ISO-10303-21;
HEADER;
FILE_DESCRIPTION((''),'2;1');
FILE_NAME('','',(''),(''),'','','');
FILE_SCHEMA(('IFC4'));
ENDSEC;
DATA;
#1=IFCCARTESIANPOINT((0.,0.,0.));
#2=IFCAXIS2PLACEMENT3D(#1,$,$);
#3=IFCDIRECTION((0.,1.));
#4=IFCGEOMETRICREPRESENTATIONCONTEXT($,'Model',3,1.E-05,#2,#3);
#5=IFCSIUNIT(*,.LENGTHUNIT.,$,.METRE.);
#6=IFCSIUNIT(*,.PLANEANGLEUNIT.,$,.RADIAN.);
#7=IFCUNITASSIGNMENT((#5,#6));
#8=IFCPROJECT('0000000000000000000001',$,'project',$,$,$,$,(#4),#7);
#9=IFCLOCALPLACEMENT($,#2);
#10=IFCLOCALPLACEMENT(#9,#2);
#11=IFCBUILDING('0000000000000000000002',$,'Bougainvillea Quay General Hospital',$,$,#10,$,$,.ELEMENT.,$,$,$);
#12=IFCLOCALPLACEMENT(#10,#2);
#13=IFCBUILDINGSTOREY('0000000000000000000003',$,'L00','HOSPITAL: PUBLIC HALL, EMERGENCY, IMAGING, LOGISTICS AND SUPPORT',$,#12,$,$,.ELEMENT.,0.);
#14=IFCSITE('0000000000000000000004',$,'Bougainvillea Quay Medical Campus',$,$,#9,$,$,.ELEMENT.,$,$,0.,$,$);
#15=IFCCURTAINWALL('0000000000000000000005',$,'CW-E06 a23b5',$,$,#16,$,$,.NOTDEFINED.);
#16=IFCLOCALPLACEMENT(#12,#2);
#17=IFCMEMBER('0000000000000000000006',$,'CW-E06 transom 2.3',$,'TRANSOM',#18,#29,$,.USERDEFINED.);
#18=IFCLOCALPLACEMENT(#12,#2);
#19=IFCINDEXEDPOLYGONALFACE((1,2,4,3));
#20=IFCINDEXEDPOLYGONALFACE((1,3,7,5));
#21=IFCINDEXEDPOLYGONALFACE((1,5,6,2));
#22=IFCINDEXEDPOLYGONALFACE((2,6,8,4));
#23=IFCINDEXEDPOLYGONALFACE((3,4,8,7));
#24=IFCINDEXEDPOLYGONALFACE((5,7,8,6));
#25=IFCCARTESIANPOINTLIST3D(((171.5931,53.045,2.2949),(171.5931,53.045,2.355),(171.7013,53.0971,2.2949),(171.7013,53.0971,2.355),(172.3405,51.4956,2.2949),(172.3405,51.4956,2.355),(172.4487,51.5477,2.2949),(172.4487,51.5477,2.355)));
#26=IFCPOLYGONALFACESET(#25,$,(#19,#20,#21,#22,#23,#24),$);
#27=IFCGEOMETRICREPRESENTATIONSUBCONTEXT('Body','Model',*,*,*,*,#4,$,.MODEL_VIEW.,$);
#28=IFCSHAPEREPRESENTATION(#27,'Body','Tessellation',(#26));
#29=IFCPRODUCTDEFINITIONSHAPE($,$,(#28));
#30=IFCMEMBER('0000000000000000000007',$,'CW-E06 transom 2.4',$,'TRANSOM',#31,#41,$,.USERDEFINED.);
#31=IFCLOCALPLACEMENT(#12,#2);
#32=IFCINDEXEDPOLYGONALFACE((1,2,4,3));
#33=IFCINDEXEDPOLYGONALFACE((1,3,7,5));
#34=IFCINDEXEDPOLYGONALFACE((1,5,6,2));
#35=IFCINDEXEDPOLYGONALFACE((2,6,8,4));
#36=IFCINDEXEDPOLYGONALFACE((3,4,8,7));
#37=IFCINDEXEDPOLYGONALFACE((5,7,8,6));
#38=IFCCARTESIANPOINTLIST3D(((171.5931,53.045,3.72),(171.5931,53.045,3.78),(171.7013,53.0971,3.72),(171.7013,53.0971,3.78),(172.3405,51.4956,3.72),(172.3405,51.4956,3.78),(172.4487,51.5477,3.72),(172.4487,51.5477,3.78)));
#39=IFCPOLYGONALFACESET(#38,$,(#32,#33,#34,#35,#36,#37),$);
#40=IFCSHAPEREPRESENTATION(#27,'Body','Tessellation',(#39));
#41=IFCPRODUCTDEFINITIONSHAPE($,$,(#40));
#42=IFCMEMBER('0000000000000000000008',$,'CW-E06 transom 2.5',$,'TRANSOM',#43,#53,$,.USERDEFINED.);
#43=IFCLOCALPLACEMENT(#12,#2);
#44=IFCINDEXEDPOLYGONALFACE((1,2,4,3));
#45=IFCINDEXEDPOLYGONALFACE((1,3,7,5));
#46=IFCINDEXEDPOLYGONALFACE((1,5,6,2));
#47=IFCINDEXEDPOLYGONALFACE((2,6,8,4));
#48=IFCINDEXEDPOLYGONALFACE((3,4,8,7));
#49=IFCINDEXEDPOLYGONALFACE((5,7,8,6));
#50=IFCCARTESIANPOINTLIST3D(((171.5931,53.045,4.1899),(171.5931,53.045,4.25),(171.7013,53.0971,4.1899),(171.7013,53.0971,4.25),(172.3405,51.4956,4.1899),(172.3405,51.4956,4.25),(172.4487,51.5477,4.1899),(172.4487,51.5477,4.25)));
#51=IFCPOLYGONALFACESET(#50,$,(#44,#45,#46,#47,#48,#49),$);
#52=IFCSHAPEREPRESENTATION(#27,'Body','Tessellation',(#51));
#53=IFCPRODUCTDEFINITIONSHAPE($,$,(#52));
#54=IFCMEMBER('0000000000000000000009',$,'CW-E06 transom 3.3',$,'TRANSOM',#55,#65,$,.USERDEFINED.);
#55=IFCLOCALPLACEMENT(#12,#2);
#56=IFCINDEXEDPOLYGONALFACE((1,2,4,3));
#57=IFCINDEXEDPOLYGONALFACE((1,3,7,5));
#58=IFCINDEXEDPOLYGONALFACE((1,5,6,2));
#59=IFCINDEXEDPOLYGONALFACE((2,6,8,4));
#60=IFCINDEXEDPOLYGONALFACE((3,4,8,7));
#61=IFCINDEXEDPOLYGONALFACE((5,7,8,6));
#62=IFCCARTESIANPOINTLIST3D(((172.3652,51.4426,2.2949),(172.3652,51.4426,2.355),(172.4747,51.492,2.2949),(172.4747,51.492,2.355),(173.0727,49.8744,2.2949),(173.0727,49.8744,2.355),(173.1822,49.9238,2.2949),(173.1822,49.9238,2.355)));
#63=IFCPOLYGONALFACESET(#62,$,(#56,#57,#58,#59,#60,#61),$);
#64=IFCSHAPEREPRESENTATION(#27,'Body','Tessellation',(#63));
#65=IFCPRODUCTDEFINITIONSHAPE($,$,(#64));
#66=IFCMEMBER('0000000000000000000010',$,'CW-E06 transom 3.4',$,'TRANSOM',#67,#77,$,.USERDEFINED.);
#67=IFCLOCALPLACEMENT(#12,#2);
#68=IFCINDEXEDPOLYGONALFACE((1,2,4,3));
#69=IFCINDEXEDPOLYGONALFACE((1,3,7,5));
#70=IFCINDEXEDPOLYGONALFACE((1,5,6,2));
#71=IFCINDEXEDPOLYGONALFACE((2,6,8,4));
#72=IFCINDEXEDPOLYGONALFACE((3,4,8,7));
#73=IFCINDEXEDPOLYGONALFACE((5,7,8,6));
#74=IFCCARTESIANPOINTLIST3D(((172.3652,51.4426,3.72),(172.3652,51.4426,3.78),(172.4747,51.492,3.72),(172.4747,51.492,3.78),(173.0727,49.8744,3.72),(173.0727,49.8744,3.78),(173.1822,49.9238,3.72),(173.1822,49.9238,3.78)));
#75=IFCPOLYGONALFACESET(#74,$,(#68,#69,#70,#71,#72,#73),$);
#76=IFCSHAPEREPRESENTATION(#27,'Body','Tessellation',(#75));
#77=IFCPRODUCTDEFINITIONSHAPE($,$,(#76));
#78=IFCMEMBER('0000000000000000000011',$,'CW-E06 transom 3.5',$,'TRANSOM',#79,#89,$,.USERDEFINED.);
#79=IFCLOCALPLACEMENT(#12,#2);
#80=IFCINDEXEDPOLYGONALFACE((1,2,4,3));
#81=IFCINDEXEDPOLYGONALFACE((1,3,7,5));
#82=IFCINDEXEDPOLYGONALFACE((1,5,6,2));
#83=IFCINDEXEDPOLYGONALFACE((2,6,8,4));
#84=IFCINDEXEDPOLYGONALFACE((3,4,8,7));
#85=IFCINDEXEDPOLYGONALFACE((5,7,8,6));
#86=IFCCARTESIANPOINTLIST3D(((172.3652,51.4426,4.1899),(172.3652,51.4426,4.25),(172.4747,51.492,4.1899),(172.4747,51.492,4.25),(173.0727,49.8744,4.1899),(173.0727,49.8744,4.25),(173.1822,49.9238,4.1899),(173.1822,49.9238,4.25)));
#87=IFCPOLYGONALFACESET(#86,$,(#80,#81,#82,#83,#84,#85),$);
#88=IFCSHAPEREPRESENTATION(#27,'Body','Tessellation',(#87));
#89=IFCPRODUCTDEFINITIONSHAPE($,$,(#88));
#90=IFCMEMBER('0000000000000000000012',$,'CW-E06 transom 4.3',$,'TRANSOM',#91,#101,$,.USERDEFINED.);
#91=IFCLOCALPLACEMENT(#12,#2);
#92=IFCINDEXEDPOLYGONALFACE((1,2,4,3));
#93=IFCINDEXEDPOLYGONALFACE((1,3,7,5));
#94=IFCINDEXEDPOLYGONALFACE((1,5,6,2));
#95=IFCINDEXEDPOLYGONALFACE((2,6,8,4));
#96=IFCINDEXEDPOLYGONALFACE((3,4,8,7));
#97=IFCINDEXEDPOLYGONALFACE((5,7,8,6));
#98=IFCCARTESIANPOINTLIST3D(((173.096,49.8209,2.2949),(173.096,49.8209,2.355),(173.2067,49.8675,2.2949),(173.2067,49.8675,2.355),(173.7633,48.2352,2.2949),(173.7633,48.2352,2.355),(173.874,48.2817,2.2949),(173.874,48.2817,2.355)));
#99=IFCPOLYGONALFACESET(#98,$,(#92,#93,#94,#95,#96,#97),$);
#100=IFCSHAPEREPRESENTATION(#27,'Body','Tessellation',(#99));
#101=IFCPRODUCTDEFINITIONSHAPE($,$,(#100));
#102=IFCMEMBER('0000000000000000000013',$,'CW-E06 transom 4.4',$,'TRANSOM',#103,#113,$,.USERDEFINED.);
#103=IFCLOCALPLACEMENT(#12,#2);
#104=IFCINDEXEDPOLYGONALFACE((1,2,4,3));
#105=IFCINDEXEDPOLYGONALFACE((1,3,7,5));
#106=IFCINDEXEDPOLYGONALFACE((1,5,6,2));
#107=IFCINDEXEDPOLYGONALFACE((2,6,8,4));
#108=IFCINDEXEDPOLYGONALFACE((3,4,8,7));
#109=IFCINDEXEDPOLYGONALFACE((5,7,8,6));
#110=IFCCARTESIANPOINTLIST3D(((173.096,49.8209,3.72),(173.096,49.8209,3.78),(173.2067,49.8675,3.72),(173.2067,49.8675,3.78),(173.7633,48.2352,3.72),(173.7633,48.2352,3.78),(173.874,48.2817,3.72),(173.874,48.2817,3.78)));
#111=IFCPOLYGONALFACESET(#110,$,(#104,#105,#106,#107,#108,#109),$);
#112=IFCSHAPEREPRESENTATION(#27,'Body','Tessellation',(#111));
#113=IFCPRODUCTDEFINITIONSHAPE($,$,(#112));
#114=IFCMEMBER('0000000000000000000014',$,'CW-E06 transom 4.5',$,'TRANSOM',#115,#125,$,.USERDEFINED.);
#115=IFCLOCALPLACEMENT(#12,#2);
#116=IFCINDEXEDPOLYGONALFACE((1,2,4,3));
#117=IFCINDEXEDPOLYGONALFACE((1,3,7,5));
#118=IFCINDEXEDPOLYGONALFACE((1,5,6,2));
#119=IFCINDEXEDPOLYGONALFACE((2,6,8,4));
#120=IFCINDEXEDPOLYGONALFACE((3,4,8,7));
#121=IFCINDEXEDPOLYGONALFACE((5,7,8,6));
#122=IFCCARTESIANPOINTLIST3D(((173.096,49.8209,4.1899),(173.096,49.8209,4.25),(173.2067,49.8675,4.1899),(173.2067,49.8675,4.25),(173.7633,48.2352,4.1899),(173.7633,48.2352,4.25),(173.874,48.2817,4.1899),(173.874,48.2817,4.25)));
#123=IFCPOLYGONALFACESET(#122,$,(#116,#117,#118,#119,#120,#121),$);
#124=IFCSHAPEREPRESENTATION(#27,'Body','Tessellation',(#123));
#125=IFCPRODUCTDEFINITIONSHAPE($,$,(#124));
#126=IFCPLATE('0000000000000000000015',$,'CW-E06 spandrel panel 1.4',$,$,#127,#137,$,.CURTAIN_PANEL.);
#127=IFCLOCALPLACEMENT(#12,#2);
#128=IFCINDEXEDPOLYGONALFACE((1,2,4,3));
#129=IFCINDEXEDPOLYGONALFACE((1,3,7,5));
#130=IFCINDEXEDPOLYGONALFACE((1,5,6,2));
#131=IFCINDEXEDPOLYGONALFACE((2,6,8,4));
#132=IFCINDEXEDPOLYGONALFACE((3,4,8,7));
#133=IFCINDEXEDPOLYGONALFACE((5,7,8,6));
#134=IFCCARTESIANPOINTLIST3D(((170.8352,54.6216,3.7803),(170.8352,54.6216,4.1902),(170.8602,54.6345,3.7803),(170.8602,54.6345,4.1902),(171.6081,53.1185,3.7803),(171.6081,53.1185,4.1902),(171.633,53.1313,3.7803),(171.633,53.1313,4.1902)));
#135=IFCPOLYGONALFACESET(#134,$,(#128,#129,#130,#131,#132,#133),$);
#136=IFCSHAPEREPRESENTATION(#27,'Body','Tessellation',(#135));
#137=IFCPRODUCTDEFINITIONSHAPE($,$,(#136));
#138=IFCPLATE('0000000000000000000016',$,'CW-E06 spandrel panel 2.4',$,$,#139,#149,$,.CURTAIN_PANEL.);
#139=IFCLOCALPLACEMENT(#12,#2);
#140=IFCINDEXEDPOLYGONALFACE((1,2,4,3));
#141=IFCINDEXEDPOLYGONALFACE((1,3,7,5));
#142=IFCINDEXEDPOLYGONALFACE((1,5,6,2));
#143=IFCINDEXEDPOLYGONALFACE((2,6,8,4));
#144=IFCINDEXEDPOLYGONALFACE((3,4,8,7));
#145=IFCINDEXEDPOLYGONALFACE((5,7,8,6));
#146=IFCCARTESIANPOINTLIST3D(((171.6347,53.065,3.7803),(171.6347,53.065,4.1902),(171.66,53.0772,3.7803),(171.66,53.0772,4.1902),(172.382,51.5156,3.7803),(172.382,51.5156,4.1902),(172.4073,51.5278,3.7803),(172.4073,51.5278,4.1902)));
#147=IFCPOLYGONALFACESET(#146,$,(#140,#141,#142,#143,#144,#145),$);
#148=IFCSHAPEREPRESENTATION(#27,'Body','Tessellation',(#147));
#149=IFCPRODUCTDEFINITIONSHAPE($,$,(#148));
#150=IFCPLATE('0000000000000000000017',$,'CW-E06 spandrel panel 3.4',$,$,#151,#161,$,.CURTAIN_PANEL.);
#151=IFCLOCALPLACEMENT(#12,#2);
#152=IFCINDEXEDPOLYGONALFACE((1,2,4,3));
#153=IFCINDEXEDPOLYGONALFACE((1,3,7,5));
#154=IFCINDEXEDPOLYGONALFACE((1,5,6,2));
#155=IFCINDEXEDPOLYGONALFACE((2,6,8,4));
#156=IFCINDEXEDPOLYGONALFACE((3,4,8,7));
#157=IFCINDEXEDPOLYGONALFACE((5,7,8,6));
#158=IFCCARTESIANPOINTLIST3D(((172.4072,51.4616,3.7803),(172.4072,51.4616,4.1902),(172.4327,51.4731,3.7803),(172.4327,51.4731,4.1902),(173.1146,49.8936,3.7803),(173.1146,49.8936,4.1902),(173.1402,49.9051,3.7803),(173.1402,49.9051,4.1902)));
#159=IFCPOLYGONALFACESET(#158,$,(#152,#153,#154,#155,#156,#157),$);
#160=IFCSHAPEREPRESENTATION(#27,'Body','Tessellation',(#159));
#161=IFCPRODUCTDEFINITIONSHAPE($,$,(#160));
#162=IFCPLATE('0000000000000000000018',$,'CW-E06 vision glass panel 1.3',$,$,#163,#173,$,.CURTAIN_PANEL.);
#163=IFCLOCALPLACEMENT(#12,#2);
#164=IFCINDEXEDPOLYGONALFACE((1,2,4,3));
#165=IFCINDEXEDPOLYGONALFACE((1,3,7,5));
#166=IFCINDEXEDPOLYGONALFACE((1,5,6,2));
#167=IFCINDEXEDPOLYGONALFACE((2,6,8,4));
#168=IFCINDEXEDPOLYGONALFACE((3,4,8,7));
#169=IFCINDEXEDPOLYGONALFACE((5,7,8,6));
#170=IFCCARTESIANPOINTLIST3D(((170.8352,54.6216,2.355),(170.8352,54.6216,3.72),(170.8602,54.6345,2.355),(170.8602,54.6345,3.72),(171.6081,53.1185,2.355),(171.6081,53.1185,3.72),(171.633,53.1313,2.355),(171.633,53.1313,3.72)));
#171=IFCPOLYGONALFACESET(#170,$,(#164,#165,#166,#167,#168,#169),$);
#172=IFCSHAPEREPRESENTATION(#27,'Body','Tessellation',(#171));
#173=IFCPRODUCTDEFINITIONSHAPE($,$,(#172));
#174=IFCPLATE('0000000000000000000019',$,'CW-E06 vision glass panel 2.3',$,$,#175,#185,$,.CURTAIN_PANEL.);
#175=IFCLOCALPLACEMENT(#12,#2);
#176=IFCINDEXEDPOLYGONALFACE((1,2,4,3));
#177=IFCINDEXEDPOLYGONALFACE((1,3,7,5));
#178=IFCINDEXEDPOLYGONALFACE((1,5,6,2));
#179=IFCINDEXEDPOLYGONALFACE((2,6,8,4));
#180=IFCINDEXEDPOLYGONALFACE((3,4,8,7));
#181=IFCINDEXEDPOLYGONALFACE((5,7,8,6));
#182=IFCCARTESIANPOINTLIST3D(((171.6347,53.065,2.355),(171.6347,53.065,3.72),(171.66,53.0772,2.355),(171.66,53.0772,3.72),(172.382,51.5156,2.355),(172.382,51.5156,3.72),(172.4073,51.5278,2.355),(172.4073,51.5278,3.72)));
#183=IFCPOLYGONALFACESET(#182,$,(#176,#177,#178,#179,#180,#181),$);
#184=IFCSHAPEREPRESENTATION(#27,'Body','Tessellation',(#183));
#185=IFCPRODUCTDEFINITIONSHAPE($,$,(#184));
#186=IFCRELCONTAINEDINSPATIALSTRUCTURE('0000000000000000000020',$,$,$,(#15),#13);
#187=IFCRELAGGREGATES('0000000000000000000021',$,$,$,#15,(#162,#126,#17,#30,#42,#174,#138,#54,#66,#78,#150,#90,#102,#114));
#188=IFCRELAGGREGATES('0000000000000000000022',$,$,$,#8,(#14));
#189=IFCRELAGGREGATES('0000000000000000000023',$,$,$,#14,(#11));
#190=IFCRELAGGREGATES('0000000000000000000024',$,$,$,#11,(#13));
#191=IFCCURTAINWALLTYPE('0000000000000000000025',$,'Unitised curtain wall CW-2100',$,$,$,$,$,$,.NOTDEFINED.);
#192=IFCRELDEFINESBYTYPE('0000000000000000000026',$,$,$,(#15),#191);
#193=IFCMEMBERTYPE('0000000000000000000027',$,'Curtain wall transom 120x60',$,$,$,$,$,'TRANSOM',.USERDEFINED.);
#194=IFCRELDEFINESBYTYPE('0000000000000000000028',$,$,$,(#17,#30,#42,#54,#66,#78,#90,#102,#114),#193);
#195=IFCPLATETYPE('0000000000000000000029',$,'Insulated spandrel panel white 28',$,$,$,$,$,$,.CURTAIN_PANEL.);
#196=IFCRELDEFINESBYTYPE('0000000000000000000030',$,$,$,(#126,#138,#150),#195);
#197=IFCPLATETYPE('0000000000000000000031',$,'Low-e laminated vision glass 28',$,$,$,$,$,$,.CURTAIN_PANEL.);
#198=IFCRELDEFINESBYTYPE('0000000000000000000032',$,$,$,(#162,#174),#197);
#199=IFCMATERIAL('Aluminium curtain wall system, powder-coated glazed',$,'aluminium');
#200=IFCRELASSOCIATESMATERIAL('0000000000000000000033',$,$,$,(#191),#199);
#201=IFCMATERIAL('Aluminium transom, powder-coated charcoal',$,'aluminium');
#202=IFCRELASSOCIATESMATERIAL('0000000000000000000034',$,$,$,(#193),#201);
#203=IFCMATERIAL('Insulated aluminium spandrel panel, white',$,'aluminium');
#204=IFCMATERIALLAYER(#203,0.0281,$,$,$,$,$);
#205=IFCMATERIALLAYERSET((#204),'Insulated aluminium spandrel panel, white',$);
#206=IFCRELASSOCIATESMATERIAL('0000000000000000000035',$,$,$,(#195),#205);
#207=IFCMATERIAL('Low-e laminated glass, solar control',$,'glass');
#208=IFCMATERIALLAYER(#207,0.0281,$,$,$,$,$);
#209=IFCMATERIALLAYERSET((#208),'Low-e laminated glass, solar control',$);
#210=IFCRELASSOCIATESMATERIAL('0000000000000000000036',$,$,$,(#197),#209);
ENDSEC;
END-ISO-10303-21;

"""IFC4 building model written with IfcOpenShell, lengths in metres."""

from ifc_helpers import new_model, si_unit, direction, frame, origin, origin_2d, place, context, subcontext, project, spatial, rectangle, extrude, material, layer, layer_set, material_profile, profile_set, type_object, element, aggregate, save


model = new_model("IFC4")

# Units and contexts
model_context = context("Model", 3, precision=1e-05, world=origin(), true_north=direction((0.0, 1.0)))
body_context = subcontext(model_context, "Body", "Model", "MODEL_VIEW")
ifc_project = project(units=[si_unit("LENGTHUNIT", "METRE"), si_unit("PLANEANGLEUNIT", "RADIAN")], contexts=[model_context])

# Site, building, storey
site_placement = place(None, origin())
site = spatial("IfcSite", under=ifc_project, at=site_placement, Name="Bougainvillea Quay Medical Campus", CompositionType="ELEMENT", RefElevation=0.0)
building_placement = place(site_placement, origin())
building = spatial("IfcBuilding", under=site, at=building_placement, Name="Bougainvillea Quay General Hospital", CompositionType="ELEMENT")
storey_placement = place(building_placement, origin())
storey = spatial("IfcBuildingStorey", under=building, at=storey_placement, Name="L00", Description="HOSPITAL: PUBLIC HALL, EMERGENCY, IMAGING, LOGISTICS AND SUPPORT", CompositionType="ELEMENT", Elevation=0.0)

# Curtain wall, members, plates
ifc_material_1 = material(Name="Aluminium curtain wall system, powder-coated glazed", Category="aluminium")
curtain_wall_type = type_object("IfcCurtainWallType", Name="Unitised curtain wall CW-2100", PredefinedType="NOTDEFINED", material=ifc_material_1)
curtain_wall_placement = place(storey_placement, origin())
curtain_wall = element("IfcCurtainWall", 1, at=curtain_wall_placement, inside=storey, type_object=curtain_wall_type, Name="CW-E06 a23b5", PredefinedType="NOTDEFINED")
ifc_material_2 = material(Name="Aluminium transom, powder-coated charcoal", Category="aluminium")
ifc_material_profile_1 = material_profile(ifc_material_2, rectangle(XDim=0.1201, YDim=0.0601, at=origin_2d()))
ifc_profile_set_1 = profile_set([ifc_material_profile_1], Name="Aluminium transom, powder-coated charcoal")
member_type = type_object("IfcMemberType", Name="Curtain wall transom 120x60", ElementType="TRANSOM", PredefinedType="USERDEFINED", material=ifc_profile_set_1)
member_1_placement = place(storey_placement, frame((171.6472, 53.071, 2.325), z_axis=(0.434451, -0.900695, 0.0), x_axis=(0.900695, 0.434451, 0.0)))
member_1 = element("IfcMember", 2, at=member_1_placement, type_object=member_type, Name="CW-E06 transom 2.3", ObjectType="TRANSOM", PredefinedType="USERDEFINED", context=body_context, shape_type="SweptSolid", body=[
    extrude(rectangle(XDim=0.1201, YDim=0.0601, at=origin_2d()), origin(), (0.0, 0.0, 1.0), 1.7202),
])
member_2_placement = place(storey_placement, frame((171.6472, 53.071, 3.75), z_axis=(0.434451, -0.900695, 0.0), x_axis=(0.900695, 0.434451, 0.0)))
member_2 = element("IfcMember", 3, at=member_2_placement, type_object=member_type, Name="CW-E06 transom 2.4", ObjectType="TRANSOM", PredefinedType="USERDEFINED", context=body_context, shape_type="SweptSolid", body=[
    extrude(rectangle(XDim=0.1201, YDim=0.0601, at=origin_2d()), origin(), (0.0, 0.0, 1.0), 1.7202),
])
member_3_placement = place(storey_placement, frame((171.6472, 53.071, 4.22), z_axis=(0.434451, -0.900695, 0.0), x_axis=(0.900695, 0.434451, 0.0)))
member_3 = element("IfcMember", 4, at=member_3_placement, type_object=member_type, Name="CW-E06 transom 2.5", ObjectType="TRANSOM", PredefinedType="USERDEFINED", context=body_context, shape_type="SweptSolid", body=[
    extrude(rectangle(XDim=0.1201, YDim=0.0601, at=origin_2d()), origin(), (0.0, 0.0, 1.0), 1.7202),
])
member_4_placement = place(storey_placement, frame((172.4199, 51.4673, 2.325), z_axis=(0.411267, -0.911515, 0.0), x_axis=(0.911515, 0.411267, 0.0)))
member_4 = element("IfcMember", 5, at=member_4_placement, type_object=member_type, Name="CW-E06 transom 3.3", ObjectType="TRANSOM", PredefinedType="USERDEFINED", context=body_context, shape_type="SweptSolid", body=[
    extrude(rectangle(XDim=0.1201, YDim=0.0601, at=origin_2d()), origin(), (0.0, 0.0, 1.0), 1.7205),
])
member_5_placement = place(storey_placement, frame((172.4199, 51.4673, 3.75), z_axis=(0.411267, -0.911515, 0.0), x_axis=(0.911515, 0.411267, 0.0)))
member_5 = element("IfcMember", 6, at=member_5_placement, type_object=member_type, Name="CW-E06 transom 3.4", ObjectType="TRANSOM", PredefinedType="USERDEFINED", context=body_context, shape_type="SweptSolid", body=[
    extrude(rectangle(XDim=0.1201, YDim=0.0601, at=origin_2d()), origin(), (0.0, 0.0, 1.0), 1.7205),
])
member_6_placement = place(storey_placement, frame((172.4199, 51.4673, 4.22), z_axis=(0.411267, -0.911515, 0.0), x_axis=(0.911515, 0.411267, 0.0)))
member_6 = element("IfcMember", 7, at=member_6_placement, type_object=member_type, Name="CW-E06 transom 3.5", ObjectType="TRANSOM", PredefinedType="USERDEFINED", context=body_context, shape_type="SweptSolid", body=[
    extrude(rectangle(XDim=0.1201, YDim=0.0601, at=origin_2d()), origin(), (0.0, 0.0, 1.0), 1.7205),
])
member_7_placement = place(storey_placement, frame((173.1514, 49.8442, 2.325), z_axis=(0.387848, -0.921724, 0.0), x_axis=(0.921724, 0.387848, 0.0)))
member_7 = element("IfcMember", 8, at=member_7_placement, type_object=member_type, Name="CW-E06 transom 4.3", ObjectType="TRANSOM", PredefinedType="USERDEFINED", context=body_context, shape_type="SweptSolid", body=[
    extrude(rectangle(XDim=0.1201, YDim=0.0601, at=origin_2d()), origin(), (0.0, 0.0, 1.0), 1.7205),
])
member_8_placement = place(storey_placement, frame((173.1514, 49.8442, 3.75), z_axis=(0.387848, -0.921724, 0.0), x_axis=(0.921724, 0.387848, 0.0)))
member_8 = element("IfcMember", 9, at=member_8_placement, type_object=member_type, Name="CW-E06 transom 4.4", ObjectType="TRANSOM", PredefinedType="USERDEFINED", context=body_context, shape_type="SweptSolid", body=[
    extrude(rectangle(XDim=0.1201, YDim=0.0601, at=origin_2d()), origin(), (0.0, 0.0, 1.0), 1.7205),
])
member_9_placement = place(storey_placement, frame((173.1514, 49.8442, 4.22), z_axis=(0.387848, -0.921724, 0.0), x_axis=(0.921724, 0.387848, 0.0)))
member_9 = element("IfcMember", 10, at=member_9_placement, type_object=member_type, Name="CW-E06 transom 4.5", ObjectType="TRANSOM", PredefinedType="USERDEFINED", context=body_context, shape_type="SweptSolid", body=[
    extrude(rectangle(XDim=0.1201, YDim=0.0601, at=origin_2d()), origin(), (0.0, 0.0, 1.0), 1.7205),
])
ifc_material_3 = material(Name="Insulated aluminium spandrel panel, white", Category="aluminium")
ifc_layer_1 = layer(ifc_material_3, 0.0281)
ifc_layer_set_1 = layer_set([ifc_layer_1], Name="Insulated aluminium spandrel panel, white")
plate_type_1 = type_object("IfcPlateType", Name="Insulated spandrel panel white 28", PredefinedType="CURTAIN_PANEL", material=ifc_layer_set_1)
plate_1_placement = place(storey_placement, frame((171.2341, 53.8765, 3.7803), z_axis=(0.0, 0.0, 1.0), x_axis=(0.457235, -0.889346, 0.0)))
plate_1 = element("IfcPlate", 11, at=plate_1_placement, type_object=plate_type_1, Name="CW-E06 spandrel panel 1.4", PredefinedType="CURTAIN_PANEL", context=body_context, shape_type="SweptSolid", body=[
    extrude(rectangle(XDim=1.6902, YDim=0.0281, at=origin_2d()), origin(), (0.0, 0.0, 1.0), 0.4099),
])
plate_2_placement = place(storey_placement, frame((172.021, 52.2964, 3.7803), z_axis=(0.0, 0.0, 1.0), x_axis=(0.434389, -0.900726, 0.0)))
plate_2 = element("IfcPlate", 12, at=plate_2_placement, type_object=plate_type_1, Name="CW-E06 spandrel panel 2.4", PredefinedType="CURTAIN_PANEL", context=body_context, shape_type="SweptSolid", body=[
    extrude(rectangle(XDim=1.7202, YDim=0.0281, at=origin_2d()), origin(), (0.0, 0.0, 1.0), 0.4099),
])
plate_3_placement = place(storey_placement, frame((172.7737, 50.6833, 3.7803), z_axis=(0.0, 0.0, 1.0), x_axis=(0.41126, -0.911518, 0.0)))
plate_3 = element("IfcPlate", 13, at=plate_3_placement, type_object=plate_type_1, Name="CW-E06 spandrel panel 3.4", PredefinedType="CURTAIN_PANEL", context=body_context, shape_type="SweptSolid", body=[
    extrude(rectangle(XDim=1.7202, YDim=0.0281, at=origin_2d()), origin(), (0.0, 0.0, 1.0), 0.4099),
])
ifc_material_4 = material(Name="Low-e laminated glass, solar control", Category="glass")
ifc_layer_2 = layer(ifc_material_4, 0.0281)
ifc_layer_set_2 = layer_set([ifc_layer_2], Name="Low-e laminated glass, solar control")
plate_type_2 = type_object("IfcPlateType", Name="Low-e laminated vision glass 28", PredefinedType="CURTAIN_PANEL", material=ifc_layer_set_2)
plate_4_placement = place(storey_placement, frame((171.2341, 53.8765, 2.355), z_axis=(0.0, 0.0, 1.0), x_axis=(0.457235, -0.889346, 0.0)))
plate_4 = element("IfcPlate", 14, at=plate_4_placement, type_object=plate_type_2, Name="CW-E06 vision glass panel 1.3", PredefinedType="CURTAIN_PANEL", context=body_context, shape_type="SweptSolid", body=[
    extrude(rectangle(XDim=1.6902, YDim=0.0281, at=origin_2d()), origin(), (0.0, 0.0, 1.0), 1.365),
])
plate_5_placement = place(storey_placement, frame((172.021, 52.2964, 2.355), z_axis=(0.0, 0.0, 1.0), x_axis=(0.434389, -0.900726, 0.0)))
plate_5 = element("IfcPlate", 15, at=plate_5_placement, type_object=plate_type_2, Name="CW-E06 vision glass panel 2.3", PredefinedType="CURTAIN_PANEL", context=body_context, shape_type="SweptSolid", body=[
    extrude(rectangle(XDim=1.7202, YDim=0.0281, at=origin_2d()), origin(), (0.0, 0.0, 1.0), 1.365),
])
aggregate(curtain_wall, [plate_4, plate_1, member_1, member_2, member_3, plate_5, plate_2, member_4, member_5, member_6, plate_3, member_7, member_8, member_9])

save(model, "model.ifc")
